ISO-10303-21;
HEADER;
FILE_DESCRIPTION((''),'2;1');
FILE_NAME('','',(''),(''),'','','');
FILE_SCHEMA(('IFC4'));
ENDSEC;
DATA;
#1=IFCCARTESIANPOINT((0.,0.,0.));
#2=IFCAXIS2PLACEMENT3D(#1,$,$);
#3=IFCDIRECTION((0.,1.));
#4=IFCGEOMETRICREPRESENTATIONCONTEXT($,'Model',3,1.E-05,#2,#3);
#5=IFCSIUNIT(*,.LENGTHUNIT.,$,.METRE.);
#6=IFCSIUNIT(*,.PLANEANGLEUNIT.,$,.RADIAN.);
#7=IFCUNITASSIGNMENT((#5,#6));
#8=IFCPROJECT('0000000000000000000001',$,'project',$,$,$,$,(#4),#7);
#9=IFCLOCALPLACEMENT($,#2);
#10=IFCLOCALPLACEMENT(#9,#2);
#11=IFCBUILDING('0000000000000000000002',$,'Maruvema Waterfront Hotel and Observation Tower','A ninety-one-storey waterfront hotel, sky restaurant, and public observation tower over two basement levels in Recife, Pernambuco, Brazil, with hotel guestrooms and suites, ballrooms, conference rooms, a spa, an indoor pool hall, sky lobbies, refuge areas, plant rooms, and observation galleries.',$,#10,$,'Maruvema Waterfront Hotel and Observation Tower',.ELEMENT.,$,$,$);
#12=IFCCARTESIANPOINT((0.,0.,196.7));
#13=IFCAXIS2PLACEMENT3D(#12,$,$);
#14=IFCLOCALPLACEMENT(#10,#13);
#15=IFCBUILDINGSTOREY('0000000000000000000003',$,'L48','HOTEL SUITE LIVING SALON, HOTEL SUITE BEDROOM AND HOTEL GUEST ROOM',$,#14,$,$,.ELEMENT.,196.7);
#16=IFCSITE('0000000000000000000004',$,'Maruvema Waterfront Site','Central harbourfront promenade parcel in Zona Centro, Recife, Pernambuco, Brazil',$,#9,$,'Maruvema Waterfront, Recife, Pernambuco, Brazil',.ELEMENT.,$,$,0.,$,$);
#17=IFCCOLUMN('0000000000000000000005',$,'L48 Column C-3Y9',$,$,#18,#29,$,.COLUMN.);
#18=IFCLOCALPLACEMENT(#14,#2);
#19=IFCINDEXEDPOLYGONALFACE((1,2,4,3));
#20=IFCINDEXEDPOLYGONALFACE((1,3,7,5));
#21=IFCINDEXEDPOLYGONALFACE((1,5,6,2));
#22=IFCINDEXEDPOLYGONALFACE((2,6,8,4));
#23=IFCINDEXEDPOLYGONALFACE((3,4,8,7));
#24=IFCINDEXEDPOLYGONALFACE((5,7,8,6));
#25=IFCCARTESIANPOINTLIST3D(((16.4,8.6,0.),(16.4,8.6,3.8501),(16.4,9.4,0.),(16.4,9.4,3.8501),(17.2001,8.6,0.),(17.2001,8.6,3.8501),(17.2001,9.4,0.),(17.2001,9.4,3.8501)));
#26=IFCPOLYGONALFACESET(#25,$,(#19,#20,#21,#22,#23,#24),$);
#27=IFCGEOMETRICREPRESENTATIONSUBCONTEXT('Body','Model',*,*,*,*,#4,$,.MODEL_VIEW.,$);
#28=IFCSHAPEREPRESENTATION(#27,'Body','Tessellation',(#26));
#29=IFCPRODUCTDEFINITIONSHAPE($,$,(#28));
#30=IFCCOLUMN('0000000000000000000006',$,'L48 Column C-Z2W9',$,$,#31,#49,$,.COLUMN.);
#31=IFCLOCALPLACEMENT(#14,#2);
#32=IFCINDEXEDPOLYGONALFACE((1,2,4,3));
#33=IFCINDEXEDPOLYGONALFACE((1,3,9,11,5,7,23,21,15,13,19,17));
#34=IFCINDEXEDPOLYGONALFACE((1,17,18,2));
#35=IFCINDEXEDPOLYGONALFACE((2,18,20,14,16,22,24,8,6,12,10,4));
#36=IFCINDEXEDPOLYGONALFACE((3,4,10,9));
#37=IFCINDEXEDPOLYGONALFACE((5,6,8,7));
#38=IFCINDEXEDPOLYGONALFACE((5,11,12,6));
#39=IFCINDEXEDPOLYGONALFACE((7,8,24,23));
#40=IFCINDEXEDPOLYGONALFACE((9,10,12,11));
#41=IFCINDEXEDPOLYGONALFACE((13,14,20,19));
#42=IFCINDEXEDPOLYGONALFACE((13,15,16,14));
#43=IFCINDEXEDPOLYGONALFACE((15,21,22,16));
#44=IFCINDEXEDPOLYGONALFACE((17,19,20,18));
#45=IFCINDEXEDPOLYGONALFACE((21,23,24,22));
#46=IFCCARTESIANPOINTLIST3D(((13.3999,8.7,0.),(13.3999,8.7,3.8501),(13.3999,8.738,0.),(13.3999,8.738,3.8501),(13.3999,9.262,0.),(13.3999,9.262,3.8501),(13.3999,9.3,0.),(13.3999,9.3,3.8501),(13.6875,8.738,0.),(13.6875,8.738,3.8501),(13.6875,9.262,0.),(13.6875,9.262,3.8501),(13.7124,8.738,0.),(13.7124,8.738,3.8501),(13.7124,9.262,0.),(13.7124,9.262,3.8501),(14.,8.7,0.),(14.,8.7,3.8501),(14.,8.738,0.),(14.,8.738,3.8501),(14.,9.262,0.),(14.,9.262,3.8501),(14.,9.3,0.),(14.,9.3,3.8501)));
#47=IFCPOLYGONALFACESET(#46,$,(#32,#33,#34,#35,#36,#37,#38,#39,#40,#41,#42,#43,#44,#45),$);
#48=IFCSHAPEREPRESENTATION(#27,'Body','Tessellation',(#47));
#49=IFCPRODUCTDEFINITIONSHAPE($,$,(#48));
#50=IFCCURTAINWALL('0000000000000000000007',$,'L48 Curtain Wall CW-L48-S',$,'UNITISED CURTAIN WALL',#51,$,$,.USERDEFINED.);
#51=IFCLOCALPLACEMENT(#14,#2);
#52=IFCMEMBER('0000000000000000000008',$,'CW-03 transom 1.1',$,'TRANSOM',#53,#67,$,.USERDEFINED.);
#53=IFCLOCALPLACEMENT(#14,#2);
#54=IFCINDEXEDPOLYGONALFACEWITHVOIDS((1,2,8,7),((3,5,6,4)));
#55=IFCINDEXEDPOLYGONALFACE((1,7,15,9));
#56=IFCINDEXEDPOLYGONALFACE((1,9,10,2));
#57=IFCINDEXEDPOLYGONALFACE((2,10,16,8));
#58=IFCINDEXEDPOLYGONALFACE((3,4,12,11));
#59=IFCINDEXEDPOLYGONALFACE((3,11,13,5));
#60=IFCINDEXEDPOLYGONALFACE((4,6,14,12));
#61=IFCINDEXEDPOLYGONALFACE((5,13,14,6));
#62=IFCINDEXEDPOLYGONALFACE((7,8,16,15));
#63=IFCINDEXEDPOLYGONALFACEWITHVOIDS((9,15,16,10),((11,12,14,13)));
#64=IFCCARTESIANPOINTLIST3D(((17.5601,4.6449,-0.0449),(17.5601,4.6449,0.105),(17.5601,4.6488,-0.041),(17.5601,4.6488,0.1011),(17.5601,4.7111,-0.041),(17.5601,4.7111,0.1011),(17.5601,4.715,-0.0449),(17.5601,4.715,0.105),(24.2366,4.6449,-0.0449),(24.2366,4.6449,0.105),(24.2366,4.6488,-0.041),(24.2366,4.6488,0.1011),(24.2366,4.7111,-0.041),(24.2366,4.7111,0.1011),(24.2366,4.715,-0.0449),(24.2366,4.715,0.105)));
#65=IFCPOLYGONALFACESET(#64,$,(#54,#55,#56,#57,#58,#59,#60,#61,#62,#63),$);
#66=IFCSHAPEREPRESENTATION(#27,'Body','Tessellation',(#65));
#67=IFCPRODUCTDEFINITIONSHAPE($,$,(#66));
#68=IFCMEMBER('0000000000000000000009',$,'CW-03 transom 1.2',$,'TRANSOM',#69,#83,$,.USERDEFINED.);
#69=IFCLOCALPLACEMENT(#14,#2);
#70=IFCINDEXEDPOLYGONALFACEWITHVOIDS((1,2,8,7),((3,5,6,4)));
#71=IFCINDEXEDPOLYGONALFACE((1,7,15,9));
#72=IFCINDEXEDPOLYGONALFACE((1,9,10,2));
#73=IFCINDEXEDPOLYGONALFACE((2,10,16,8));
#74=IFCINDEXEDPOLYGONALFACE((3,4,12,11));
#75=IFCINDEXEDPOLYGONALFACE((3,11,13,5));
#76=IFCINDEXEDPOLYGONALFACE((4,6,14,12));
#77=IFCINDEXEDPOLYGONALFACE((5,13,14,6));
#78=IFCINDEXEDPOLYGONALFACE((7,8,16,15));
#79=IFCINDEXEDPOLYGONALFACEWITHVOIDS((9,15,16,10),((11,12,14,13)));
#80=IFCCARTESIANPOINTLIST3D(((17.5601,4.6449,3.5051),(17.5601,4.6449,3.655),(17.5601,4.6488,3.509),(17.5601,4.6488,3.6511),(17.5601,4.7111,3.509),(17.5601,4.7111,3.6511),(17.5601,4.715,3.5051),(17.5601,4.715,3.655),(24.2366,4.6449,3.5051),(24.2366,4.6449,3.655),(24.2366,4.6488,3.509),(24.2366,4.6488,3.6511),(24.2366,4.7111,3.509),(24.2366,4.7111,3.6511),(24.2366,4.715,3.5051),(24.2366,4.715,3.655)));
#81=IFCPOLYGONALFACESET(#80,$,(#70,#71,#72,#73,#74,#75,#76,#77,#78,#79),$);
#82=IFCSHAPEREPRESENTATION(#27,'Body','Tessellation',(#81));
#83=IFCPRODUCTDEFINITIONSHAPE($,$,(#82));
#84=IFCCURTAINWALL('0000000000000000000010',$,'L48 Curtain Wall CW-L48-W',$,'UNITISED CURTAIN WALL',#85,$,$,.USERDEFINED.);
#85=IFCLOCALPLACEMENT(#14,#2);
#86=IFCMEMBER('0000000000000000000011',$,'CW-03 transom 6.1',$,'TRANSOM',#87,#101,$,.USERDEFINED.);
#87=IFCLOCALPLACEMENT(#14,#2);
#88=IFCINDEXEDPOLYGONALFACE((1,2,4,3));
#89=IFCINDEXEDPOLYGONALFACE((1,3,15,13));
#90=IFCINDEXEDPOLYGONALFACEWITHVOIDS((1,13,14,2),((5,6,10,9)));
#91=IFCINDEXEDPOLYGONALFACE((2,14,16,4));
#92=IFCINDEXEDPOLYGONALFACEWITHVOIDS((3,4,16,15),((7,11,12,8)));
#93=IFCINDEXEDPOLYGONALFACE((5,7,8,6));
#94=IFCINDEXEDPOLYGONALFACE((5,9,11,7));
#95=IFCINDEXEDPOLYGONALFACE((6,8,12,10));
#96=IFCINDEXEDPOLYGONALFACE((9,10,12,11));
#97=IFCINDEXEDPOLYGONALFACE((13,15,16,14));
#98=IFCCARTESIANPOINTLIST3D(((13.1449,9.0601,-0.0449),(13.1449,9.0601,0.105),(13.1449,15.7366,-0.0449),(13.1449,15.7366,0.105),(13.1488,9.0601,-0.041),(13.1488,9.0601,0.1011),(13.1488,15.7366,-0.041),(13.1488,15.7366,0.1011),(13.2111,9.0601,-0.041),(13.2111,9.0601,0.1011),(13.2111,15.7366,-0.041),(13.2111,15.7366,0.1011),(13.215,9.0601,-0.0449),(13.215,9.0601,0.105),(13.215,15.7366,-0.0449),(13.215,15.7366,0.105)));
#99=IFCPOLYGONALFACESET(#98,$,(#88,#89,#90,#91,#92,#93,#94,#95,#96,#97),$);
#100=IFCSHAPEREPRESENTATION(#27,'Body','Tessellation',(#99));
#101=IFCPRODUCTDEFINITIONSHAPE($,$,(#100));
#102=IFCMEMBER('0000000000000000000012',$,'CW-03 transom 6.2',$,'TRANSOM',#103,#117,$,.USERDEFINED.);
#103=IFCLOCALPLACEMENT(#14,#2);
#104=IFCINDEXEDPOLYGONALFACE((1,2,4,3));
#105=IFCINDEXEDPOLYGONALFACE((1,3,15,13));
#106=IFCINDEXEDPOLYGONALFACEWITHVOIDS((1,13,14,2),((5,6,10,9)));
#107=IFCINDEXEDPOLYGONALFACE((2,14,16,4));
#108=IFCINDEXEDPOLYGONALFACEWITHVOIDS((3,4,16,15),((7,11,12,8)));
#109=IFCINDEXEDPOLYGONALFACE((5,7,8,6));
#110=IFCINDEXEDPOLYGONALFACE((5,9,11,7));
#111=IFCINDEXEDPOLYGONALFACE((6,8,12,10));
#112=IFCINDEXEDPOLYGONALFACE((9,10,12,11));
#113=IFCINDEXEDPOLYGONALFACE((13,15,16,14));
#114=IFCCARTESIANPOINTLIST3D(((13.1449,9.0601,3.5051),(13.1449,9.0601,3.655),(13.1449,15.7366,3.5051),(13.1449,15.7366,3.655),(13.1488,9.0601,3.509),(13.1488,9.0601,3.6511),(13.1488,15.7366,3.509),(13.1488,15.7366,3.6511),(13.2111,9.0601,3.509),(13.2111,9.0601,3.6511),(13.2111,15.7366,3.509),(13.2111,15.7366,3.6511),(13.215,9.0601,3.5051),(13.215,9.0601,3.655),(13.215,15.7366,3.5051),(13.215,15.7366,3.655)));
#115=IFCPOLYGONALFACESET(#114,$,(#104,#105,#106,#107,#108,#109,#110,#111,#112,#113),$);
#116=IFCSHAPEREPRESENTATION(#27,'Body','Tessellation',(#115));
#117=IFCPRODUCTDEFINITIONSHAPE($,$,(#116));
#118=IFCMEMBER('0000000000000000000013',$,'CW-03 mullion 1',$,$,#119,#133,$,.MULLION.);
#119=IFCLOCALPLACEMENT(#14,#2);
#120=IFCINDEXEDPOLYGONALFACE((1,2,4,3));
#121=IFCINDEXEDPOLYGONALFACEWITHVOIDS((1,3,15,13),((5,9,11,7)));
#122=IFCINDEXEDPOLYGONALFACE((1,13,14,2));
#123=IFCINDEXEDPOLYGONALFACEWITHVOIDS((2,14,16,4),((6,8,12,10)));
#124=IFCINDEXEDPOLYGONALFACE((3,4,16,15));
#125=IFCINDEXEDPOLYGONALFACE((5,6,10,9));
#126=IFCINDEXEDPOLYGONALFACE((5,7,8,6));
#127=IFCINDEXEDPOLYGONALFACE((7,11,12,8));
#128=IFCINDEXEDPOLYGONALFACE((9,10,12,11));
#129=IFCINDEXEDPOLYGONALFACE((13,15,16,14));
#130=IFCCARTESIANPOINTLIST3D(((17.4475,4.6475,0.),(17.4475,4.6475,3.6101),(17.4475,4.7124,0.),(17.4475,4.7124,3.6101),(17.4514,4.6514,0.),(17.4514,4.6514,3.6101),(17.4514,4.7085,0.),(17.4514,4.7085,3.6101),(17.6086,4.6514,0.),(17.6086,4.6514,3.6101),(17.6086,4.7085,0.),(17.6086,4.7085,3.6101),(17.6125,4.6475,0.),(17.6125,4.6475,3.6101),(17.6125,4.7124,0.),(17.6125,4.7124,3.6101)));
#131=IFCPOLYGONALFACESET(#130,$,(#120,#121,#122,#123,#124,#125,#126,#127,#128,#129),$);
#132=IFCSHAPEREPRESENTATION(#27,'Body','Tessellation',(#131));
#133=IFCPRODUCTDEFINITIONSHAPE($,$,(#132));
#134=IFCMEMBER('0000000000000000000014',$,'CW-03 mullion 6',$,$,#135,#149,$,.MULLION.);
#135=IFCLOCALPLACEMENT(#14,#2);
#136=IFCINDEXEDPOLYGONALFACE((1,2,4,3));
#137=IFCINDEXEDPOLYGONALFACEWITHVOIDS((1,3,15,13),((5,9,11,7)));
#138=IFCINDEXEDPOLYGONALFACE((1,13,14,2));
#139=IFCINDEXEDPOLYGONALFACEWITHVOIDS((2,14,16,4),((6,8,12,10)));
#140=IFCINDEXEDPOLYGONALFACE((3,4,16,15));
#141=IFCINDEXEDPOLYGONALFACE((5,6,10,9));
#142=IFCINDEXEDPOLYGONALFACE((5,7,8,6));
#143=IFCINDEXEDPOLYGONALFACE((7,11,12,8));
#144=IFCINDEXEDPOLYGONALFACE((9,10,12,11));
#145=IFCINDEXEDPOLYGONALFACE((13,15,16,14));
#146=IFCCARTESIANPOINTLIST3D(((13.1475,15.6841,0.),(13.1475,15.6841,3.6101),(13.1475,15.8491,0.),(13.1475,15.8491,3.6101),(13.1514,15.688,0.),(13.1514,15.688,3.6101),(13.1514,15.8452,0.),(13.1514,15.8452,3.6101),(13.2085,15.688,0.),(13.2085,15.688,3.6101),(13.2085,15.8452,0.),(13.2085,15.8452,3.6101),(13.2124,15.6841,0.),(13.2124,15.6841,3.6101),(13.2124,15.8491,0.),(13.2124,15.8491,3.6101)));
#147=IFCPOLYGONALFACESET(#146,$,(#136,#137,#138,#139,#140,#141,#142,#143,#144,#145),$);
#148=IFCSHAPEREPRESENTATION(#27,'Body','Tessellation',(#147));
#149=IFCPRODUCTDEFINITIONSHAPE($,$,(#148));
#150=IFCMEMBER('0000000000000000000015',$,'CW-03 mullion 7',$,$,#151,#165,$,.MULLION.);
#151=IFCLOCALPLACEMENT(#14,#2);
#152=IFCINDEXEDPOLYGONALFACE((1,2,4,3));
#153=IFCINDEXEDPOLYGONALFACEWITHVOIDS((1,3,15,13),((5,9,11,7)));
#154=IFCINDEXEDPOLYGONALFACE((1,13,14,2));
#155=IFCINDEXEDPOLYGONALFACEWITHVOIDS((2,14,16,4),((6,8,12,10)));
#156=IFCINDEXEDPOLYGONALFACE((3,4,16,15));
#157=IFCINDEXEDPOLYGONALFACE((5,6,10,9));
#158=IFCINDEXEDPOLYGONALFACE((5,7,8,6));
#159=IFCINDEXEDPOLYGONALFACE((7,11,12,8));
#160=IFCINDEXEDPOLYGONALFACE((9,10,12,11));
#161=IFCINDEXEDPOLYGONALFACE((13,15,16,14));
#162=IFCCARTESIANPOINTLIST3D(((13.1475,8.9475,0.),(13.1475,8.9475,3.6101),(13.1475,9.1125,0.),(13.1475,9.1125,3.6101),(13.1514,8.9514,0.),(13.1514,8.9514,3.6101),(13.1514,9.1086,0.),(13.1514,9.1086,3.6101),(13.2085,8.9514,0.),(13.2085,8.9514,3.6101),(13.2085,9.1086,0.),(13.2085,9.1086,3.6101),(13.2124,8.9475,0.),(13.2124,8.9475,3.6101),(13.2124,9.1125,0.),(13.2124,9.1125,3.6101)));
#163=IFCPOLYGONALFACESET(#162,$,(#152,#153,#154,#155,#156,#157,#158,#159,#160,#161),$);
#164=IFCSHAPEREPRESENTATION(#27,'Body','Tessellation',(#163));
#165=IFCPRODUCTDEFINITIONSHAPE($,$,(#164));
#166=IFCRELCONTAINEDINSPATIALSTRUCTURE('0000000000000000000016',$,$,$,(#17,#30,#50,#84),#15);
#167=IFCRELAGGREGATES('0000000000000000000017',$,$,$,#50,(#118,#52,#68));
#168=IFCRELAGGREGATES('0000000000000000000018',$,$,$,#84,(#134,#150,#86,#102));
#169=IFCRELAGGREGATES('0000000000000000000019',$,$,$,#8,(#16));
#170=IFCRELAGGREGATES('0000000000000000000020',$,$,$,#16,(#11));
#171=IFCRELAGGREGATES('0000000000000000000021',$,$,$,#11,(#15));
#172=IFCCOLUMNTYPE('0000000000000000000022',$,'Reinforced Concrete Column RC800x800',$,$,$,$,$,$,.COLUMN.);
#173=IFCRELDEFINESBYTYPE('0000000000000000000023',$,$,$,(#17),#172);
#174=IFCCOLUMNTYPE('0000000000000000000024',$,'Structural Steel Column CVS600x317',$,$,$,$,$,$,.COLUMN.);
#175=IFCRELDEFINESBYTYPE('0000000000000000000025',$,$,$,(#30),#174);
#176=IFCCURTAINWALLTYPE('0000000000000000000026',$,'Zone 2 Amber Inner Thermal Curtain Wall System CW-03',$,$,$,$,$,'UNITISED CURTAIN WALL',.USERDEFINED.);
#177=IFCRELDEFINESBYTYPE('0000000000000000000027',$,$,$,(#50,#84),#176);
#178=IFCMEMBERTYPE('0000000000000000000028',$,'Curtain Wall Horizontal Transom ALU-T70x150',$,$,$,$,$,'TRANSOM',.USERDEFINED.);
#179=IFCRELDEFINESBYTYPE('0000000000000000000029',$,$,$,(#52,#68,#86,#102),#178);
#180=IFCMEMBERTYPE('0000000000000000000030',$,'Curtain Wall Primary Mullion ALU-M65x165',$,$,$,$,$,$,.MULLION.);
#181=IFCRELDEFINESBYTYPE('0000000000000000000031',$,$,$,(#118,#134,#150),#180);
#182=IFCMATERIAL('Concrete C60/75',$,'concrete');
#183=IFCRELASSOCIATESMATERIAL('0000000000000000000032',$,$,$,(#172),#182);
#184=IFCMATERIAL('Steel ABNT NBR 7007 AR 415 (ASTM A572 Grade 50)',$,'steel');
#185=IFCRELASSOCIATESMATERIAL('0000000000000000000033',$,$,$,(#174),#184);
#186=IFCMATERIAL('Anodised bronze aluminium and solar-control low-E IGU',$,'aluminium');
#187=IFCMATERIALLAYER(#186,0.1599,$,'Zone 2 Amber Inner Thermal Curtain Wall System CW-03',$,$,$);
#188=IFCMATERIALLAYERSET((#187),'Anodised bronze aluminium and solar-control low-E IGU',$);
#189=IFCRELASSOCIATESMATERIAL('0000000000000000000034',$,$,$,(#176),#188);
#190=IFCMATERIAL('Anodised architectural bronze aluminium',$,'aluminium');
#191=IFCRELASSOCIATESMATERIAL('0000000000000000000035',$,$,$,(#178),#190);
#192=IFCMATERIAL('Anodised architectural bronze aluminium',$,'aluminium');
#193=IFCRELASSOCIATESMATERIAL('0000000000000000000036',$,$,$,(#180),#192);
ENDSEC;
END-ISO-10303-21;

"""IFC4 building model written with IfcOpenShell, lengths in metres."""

from ifc_helpers import new_model, si_unit, direction, frame, origin, origin_2d, place, context, subcontext, project, spatial, rectangle, hollow_rectangle, i_section, extrude, material, layer, layer_set, material_profile, profile_set, type_object, element, aggregate, save


model = new_model("IFC4")

# Units and contexts
model_context = context("Model", 3, precision=1e-05, world=origin(), true_north=direction((0.0, 1.0)))
body_context = subcontext(model_context, "Body", "Model", "MODEL_VIEW")
ifc_project = project(units=[si_unit("LENGTHUNIT", "METRE"), si_unit("PLANEANGLEUNIT", "RADIAN")], contexts=[model_context])

# Site, building, storey
site_placement = place(None, origin())
site = spatial("IfcSite", under=ifc_project, at=site_placement, Name="Maruvema Waterfront Site", Description="Central harbourfront promenade parcel in Zona Centro, Recife, Pernambuco, Brazil", LongName="Maruvema Waterfront, Recife, Pernambuco, Brazil", CompositionType="ELEMENT", RefElevation=0.0)
building_placement = place(site_placement, origin())
building = spatial("IfcBuilding", under=site, at=building_placement, Name="Maruvema Waterfront Hotel and Observation Tower", Description="A ninety-one-storey waterfront hotel, sky restaurant, and public observation tower over two basement levels in Recife, Pernambuco, Brazil, with hotel guestrooms and suites, ballrooms, conference rooms, a spa, an indoor pool hall, sky lobbies, refuge areas, plant rooms, and observation galleries.", LongName="Maruvema Waterfront Hotel and Observation Tower", CompositionType="ELEMENT")
storey_placement = place(building_placement, frame((0.0, 0.0, 196.7)))
storey = spatial("IfcBuildingStorey", under=building, at=storey_placement, Name="L48", Description="HOTEL SUITE LIVING SALON, HOTEL SUITE BEDROOM AND HOTEL GUEST ROOM", CompositionType="ELEMENT", Elevation=196.7)

# Columns
ifc_material_1 = material(Name="Concrete C60/75", Category="concrete")
ifc_material_profile_1 = material_profile(ifc_material_1, rectangle(XDim=0.8, YDim=0.8, at=origin_2d()), Name="RC800x800")
ifc_profile_set_1 = profile_set([ifc_material_profile_1], Name="Concrete C60/75")
column_type_1 = type_object("IfcColumnType", Name="Reinforced Concrete Column RC800x800", PredefinedType="COLUMN", material=ifc_profile_set_1)
column_1_placement = place(storey_placement, frame((16.8, 9.0, 0.0), z_axis=(0.0, 0.0, 1.0), x_axis=(1.0, 0.0, 0.0)))
element("IfcColumn", 1, at=column_1_placement, inside=storey, type_object=column_type_1, Name="L48 Column C-3Y9", PredefinedType="COLUMN", context=body_context, shape_type="SweptSolid", body=[
    extrude(rectangle(XDim=0.8, YDim=0.8, at=origin_2d()), origin(), (0.0, 0.0, 1.0), 3.8501),
])
ifc_material_2 = material(Name="Steel ABNT NBR 7007 AR 415 (ASTM A572 Grade 50)", Category="steel")
ifc_material_profile_2 = material_profile(ifc_material_2, i_section(OverallWidth=0.6001, OverallDepth=0.6001, WebThickness=0.0249, FlangeThickness=0.0381, at=origin_2d()), Name="CVS600x317")
ifc_profile_set_2 = profile_set([ifc_material_profile_2], Name="Steel ABNT NBR 7007 AR 415 (ASTM A572 Grade 50)")
column_type_2 = type_object("IfcColumnType", Name="Structural Steel Column CVS600x317", PredefinedType="COLUMN", material=ifc_profile_set_2)
column_2_placement = place(storey_placement, frame((13.7, 9.0, 0.0), z_axis=(0.0, 0.0, 1.0), x_axis=(1.0, 0.0, 0.0)))
element("IfcColumn", 2, at=column_2_placement, inside=storey, type_object=column_type_2, Name="L48 Column C-Z2W9", PredefinedType="COLUMN", context=body_context, shape_type="SweptSolid", body=[
    extrude(i_section(OverallWidth=0.6001, OverallDepth=0.6001, WebThickness=0.0249, FlangeThickness=0.0381, at=origin_2d()), origin(), (0.0, 0.0, 1.0), 3.8501),
])

# Curtain walls, members
ifc_material_3 = material(Name="Anodised bronze aluminium and solar-control low-E IGU", Category="aluminium")
ifc_layer_1 = layer(ifc_material_3, 0.1599, Name="Zone 2 Amber Inner Thermal Curtain Wall System CW-03")
ifc_layer_set_1 = layer_set([ifc_layer_1], Name="Anodised bronze aluminium and solar-control low-E IGU")
curtain_wall_type = type_object("IfcCurtainWallType", Name="Zone 2 Amber Inner Thermal Curtain Wall System CW-03", ElementType="UNITISED CURTAIN WALL", PredefinedType="USERDEFINED", material=ifc_layer_set_1)
curtain_wall_1_placement = place(storey_placement, origin())
curtain_wall_1 = element("IfcCurtainWall", 3, at=curtain_wall_1_placement, inside=storey, type_object=curtain_wall_type, Name="L48 Curtain Wall CW-L48-S", ObjectType="UNITISED CURTAIN WALL", PredefinedType="USERDEFINED")
ifc_material_4 = material(Name="Anodised architectural bronze aluminium", Category="aluminium")
ifc_material_profile_3 = material_profile(ifc_material_4, hollow_rectangle(XDim=0.0701, YDim=0.1499, WallThickness=0.0039, at=origin_2d()), Name="ALU-T70x150")
ifc_profile_set_3 = profile_set([ifc_material_profile_3], Name="Anodised architectural bronze aluminium")
member_type_1 = type_object("IfcMemberType", Name="Curtain Wall Horizontal Transom ALU-T70x150", ElementType="TRANSOM", PredefinedType="USERDEFINED", material=ifc_profile_set_3)
member_1_placement = place(storey_placement, frame((17.5601, 4.6799, 0.03), z_axis=(1.0, 0.0, 0.0), x_axis=(0.0, 1.0, 0.0)))
member_1 = element("IfcMember", 4, at=member_1_placement, type_object=member_type_1, Name="CW-03 transom 1.1", ObjectType="TRANSOM", PredefinedType="USERDEFINED", context=body_context, shape_type="SweptSolid", body=[
    extrude(hollow_rectangle(XDim=0.0701, YDim=0.1499, WallThickness=0.0039, at=origin_2d()), origin(), (0.0, 0.0, 1.0), 6.6765),
])
member_2_placement = place(storey_placement, frame((17.5601, 4.6799, 3.5801), z_axis=(1.0, 0.0, 0.0), x_axis=(0.0, 1.0, 0.0)))
member_2 = element("IfcMember", 5, at=member_2_placement, type_object=member_type_1, Name="CW-03 transom 1.2", ObjectType="TRANSOM", PredefinedType="USERDEFINED", context=body_context, shape_type="SweptSolid", body=[
    extrude(hollow_rectangle(XDim=0.0701, YDim=0.1499, WallThickness=0.0039, at=origin_2d()), origin(), (0.0, 0.0, 1.0), 6.6765),
])
curtain_wall_2_placement = place(storey_placement, origin())
curtain_wall_2 = element("IfcCurtainWall", 6, at=curtain_wall_2_placement, inside=storey, type_object=curtain_wall_type, Name="L48 Curtain Wall CW-L48-W", ObjectType="UNITISED CURTAIN WALL", PredefinedType="USERDEFINED")
member_3_placement = place(storey_placement, frame((13.1799, 15.7366, 0.03), z_axis=(0.0, -1.0, 0.0), x_axis=(1.0, 0.0, 0.0)))
member_3 = element("IfcMember", 7, at=member_3_placement, type_object=member_type_1, Name="CW-03 transom 6.1", ObjectType="TRANSOM", PredefinedType="USERDEFINED", context=body_context, shape_type="SweptSolid", body=[
    extrude(hollow_rectangle(XDim=0.0701, YDim=0.1499, WallThickness=0.0039, at=origin_2d()), origin(), (0.0, 0.0, 1.0), 6.6765),
])
member_4_placement = place(storey_placement, frame((13.1799, 15.7366, 3.5801), z_axis=(0.0, -1.0, 0.0), x_axis=(1.0, 0.0, 0.0)))
member_4 = element("IfcMember", 8, at=member_4_placement, type_object=member_type_1, Name="CW-03 transom 6.2", ObjectType="TRANSOM", PredefinedType="USERDEFINED", context=body_context, shape_type="SweptSolid", body=[
    extrude(hollow_rectangle(XDim=0.0701, YDim=0.1499, WallThickness=0.0039, at=origin_2d()), origin(), (0.0, 0.0, 1.0), 6.6765),
])

# Members
ifc_material_5 = material(Name="Anodised architectural bronze aluminium", Category="aluminium")
ifc_material_profile_4 = material_profile(ifc_material_5, hollow_rectangle(XDim=0.0649, YDim=0.165, WallThickness=0.0039, at=origin_2d()), Name="ALU-M65x165")
ifc_profile_set_4 = profile_set([ifc_material_profile_4], Name="Anodised architectural bronze aluminium")
member_type_2 = type_object("IfcMemberType", Name="Curtain Wall Primary Mullion ALU-M65x165", PredefinedType="MULLION", material=ifc_profile_set_4)
member_5_placement = place(storey_placement, frame((17.53, 4.6799, 0.0), z_axis=(0.0, 0.0, 1.0), x_axis=(0.0, 1.0, 0.0)))
member_5 = element("IfcMember", 9, at=member_5_placement, type_object=member_type_2, Name="CW-03 mullion 1", PredefinedType="MULLION", context=body_context, shape_type="SweptSolid", body=[
    extrude(hollow_rectangle(XDim=0.0649, YDim=0.165, WallThickness=0.0039, at=origin_2d()), origin(), (0.0, 0.0, 1.0), 3.6101),
])
member_6_placement = place(storey_placement, frame((13.1799, 15.7666, 0.0), z_axis=(0.0, 0.0, 1.0), x_axis=(1.0, 0.0, 0.0)))
member_6 = element("IfcMember", 10, at=member_6_placement, type_object=member_type_2, Name="CW-03 mullion 6", PredefinedType="MULLION", context=body_context, shape_type="SweptSolid", body=[
    extrude(hollow_rectangle(XDim=0.0649, YDim=0.165, WallThickness=0.0039, at=origin_2d()), origin(), (0.0, 0.0, 1.0), 3.6101),
])
member_7_placement = place(storey_placement, frame((13.1799, 9.03, 0.0), z_axis=(0.0, 0.0, 1.0), x_axis=(1.0, 0.0, 0.0)))
member_7 = element("IfcMember", 11, at=member_7_placement, type_object=member_type_2, Name="CW-03 mullion 7", PredefinedType="MULLION", context=body_context, shape_type="SweptSolid", body=[
    extrude(hollow_rectangle(XDim=0.0649, YDim=0.165, WallThickness=0.0039, at=origin_2d()), origin(), (0.0, 0.0, 1.0), 3.6101),
])

aggregate(curtain_wall_1, [member_5, member_1, member_2])
aggregate(curtain_wall_2, [member_6, member_7, member_3, member_4])

save(model, "model.ifc")
